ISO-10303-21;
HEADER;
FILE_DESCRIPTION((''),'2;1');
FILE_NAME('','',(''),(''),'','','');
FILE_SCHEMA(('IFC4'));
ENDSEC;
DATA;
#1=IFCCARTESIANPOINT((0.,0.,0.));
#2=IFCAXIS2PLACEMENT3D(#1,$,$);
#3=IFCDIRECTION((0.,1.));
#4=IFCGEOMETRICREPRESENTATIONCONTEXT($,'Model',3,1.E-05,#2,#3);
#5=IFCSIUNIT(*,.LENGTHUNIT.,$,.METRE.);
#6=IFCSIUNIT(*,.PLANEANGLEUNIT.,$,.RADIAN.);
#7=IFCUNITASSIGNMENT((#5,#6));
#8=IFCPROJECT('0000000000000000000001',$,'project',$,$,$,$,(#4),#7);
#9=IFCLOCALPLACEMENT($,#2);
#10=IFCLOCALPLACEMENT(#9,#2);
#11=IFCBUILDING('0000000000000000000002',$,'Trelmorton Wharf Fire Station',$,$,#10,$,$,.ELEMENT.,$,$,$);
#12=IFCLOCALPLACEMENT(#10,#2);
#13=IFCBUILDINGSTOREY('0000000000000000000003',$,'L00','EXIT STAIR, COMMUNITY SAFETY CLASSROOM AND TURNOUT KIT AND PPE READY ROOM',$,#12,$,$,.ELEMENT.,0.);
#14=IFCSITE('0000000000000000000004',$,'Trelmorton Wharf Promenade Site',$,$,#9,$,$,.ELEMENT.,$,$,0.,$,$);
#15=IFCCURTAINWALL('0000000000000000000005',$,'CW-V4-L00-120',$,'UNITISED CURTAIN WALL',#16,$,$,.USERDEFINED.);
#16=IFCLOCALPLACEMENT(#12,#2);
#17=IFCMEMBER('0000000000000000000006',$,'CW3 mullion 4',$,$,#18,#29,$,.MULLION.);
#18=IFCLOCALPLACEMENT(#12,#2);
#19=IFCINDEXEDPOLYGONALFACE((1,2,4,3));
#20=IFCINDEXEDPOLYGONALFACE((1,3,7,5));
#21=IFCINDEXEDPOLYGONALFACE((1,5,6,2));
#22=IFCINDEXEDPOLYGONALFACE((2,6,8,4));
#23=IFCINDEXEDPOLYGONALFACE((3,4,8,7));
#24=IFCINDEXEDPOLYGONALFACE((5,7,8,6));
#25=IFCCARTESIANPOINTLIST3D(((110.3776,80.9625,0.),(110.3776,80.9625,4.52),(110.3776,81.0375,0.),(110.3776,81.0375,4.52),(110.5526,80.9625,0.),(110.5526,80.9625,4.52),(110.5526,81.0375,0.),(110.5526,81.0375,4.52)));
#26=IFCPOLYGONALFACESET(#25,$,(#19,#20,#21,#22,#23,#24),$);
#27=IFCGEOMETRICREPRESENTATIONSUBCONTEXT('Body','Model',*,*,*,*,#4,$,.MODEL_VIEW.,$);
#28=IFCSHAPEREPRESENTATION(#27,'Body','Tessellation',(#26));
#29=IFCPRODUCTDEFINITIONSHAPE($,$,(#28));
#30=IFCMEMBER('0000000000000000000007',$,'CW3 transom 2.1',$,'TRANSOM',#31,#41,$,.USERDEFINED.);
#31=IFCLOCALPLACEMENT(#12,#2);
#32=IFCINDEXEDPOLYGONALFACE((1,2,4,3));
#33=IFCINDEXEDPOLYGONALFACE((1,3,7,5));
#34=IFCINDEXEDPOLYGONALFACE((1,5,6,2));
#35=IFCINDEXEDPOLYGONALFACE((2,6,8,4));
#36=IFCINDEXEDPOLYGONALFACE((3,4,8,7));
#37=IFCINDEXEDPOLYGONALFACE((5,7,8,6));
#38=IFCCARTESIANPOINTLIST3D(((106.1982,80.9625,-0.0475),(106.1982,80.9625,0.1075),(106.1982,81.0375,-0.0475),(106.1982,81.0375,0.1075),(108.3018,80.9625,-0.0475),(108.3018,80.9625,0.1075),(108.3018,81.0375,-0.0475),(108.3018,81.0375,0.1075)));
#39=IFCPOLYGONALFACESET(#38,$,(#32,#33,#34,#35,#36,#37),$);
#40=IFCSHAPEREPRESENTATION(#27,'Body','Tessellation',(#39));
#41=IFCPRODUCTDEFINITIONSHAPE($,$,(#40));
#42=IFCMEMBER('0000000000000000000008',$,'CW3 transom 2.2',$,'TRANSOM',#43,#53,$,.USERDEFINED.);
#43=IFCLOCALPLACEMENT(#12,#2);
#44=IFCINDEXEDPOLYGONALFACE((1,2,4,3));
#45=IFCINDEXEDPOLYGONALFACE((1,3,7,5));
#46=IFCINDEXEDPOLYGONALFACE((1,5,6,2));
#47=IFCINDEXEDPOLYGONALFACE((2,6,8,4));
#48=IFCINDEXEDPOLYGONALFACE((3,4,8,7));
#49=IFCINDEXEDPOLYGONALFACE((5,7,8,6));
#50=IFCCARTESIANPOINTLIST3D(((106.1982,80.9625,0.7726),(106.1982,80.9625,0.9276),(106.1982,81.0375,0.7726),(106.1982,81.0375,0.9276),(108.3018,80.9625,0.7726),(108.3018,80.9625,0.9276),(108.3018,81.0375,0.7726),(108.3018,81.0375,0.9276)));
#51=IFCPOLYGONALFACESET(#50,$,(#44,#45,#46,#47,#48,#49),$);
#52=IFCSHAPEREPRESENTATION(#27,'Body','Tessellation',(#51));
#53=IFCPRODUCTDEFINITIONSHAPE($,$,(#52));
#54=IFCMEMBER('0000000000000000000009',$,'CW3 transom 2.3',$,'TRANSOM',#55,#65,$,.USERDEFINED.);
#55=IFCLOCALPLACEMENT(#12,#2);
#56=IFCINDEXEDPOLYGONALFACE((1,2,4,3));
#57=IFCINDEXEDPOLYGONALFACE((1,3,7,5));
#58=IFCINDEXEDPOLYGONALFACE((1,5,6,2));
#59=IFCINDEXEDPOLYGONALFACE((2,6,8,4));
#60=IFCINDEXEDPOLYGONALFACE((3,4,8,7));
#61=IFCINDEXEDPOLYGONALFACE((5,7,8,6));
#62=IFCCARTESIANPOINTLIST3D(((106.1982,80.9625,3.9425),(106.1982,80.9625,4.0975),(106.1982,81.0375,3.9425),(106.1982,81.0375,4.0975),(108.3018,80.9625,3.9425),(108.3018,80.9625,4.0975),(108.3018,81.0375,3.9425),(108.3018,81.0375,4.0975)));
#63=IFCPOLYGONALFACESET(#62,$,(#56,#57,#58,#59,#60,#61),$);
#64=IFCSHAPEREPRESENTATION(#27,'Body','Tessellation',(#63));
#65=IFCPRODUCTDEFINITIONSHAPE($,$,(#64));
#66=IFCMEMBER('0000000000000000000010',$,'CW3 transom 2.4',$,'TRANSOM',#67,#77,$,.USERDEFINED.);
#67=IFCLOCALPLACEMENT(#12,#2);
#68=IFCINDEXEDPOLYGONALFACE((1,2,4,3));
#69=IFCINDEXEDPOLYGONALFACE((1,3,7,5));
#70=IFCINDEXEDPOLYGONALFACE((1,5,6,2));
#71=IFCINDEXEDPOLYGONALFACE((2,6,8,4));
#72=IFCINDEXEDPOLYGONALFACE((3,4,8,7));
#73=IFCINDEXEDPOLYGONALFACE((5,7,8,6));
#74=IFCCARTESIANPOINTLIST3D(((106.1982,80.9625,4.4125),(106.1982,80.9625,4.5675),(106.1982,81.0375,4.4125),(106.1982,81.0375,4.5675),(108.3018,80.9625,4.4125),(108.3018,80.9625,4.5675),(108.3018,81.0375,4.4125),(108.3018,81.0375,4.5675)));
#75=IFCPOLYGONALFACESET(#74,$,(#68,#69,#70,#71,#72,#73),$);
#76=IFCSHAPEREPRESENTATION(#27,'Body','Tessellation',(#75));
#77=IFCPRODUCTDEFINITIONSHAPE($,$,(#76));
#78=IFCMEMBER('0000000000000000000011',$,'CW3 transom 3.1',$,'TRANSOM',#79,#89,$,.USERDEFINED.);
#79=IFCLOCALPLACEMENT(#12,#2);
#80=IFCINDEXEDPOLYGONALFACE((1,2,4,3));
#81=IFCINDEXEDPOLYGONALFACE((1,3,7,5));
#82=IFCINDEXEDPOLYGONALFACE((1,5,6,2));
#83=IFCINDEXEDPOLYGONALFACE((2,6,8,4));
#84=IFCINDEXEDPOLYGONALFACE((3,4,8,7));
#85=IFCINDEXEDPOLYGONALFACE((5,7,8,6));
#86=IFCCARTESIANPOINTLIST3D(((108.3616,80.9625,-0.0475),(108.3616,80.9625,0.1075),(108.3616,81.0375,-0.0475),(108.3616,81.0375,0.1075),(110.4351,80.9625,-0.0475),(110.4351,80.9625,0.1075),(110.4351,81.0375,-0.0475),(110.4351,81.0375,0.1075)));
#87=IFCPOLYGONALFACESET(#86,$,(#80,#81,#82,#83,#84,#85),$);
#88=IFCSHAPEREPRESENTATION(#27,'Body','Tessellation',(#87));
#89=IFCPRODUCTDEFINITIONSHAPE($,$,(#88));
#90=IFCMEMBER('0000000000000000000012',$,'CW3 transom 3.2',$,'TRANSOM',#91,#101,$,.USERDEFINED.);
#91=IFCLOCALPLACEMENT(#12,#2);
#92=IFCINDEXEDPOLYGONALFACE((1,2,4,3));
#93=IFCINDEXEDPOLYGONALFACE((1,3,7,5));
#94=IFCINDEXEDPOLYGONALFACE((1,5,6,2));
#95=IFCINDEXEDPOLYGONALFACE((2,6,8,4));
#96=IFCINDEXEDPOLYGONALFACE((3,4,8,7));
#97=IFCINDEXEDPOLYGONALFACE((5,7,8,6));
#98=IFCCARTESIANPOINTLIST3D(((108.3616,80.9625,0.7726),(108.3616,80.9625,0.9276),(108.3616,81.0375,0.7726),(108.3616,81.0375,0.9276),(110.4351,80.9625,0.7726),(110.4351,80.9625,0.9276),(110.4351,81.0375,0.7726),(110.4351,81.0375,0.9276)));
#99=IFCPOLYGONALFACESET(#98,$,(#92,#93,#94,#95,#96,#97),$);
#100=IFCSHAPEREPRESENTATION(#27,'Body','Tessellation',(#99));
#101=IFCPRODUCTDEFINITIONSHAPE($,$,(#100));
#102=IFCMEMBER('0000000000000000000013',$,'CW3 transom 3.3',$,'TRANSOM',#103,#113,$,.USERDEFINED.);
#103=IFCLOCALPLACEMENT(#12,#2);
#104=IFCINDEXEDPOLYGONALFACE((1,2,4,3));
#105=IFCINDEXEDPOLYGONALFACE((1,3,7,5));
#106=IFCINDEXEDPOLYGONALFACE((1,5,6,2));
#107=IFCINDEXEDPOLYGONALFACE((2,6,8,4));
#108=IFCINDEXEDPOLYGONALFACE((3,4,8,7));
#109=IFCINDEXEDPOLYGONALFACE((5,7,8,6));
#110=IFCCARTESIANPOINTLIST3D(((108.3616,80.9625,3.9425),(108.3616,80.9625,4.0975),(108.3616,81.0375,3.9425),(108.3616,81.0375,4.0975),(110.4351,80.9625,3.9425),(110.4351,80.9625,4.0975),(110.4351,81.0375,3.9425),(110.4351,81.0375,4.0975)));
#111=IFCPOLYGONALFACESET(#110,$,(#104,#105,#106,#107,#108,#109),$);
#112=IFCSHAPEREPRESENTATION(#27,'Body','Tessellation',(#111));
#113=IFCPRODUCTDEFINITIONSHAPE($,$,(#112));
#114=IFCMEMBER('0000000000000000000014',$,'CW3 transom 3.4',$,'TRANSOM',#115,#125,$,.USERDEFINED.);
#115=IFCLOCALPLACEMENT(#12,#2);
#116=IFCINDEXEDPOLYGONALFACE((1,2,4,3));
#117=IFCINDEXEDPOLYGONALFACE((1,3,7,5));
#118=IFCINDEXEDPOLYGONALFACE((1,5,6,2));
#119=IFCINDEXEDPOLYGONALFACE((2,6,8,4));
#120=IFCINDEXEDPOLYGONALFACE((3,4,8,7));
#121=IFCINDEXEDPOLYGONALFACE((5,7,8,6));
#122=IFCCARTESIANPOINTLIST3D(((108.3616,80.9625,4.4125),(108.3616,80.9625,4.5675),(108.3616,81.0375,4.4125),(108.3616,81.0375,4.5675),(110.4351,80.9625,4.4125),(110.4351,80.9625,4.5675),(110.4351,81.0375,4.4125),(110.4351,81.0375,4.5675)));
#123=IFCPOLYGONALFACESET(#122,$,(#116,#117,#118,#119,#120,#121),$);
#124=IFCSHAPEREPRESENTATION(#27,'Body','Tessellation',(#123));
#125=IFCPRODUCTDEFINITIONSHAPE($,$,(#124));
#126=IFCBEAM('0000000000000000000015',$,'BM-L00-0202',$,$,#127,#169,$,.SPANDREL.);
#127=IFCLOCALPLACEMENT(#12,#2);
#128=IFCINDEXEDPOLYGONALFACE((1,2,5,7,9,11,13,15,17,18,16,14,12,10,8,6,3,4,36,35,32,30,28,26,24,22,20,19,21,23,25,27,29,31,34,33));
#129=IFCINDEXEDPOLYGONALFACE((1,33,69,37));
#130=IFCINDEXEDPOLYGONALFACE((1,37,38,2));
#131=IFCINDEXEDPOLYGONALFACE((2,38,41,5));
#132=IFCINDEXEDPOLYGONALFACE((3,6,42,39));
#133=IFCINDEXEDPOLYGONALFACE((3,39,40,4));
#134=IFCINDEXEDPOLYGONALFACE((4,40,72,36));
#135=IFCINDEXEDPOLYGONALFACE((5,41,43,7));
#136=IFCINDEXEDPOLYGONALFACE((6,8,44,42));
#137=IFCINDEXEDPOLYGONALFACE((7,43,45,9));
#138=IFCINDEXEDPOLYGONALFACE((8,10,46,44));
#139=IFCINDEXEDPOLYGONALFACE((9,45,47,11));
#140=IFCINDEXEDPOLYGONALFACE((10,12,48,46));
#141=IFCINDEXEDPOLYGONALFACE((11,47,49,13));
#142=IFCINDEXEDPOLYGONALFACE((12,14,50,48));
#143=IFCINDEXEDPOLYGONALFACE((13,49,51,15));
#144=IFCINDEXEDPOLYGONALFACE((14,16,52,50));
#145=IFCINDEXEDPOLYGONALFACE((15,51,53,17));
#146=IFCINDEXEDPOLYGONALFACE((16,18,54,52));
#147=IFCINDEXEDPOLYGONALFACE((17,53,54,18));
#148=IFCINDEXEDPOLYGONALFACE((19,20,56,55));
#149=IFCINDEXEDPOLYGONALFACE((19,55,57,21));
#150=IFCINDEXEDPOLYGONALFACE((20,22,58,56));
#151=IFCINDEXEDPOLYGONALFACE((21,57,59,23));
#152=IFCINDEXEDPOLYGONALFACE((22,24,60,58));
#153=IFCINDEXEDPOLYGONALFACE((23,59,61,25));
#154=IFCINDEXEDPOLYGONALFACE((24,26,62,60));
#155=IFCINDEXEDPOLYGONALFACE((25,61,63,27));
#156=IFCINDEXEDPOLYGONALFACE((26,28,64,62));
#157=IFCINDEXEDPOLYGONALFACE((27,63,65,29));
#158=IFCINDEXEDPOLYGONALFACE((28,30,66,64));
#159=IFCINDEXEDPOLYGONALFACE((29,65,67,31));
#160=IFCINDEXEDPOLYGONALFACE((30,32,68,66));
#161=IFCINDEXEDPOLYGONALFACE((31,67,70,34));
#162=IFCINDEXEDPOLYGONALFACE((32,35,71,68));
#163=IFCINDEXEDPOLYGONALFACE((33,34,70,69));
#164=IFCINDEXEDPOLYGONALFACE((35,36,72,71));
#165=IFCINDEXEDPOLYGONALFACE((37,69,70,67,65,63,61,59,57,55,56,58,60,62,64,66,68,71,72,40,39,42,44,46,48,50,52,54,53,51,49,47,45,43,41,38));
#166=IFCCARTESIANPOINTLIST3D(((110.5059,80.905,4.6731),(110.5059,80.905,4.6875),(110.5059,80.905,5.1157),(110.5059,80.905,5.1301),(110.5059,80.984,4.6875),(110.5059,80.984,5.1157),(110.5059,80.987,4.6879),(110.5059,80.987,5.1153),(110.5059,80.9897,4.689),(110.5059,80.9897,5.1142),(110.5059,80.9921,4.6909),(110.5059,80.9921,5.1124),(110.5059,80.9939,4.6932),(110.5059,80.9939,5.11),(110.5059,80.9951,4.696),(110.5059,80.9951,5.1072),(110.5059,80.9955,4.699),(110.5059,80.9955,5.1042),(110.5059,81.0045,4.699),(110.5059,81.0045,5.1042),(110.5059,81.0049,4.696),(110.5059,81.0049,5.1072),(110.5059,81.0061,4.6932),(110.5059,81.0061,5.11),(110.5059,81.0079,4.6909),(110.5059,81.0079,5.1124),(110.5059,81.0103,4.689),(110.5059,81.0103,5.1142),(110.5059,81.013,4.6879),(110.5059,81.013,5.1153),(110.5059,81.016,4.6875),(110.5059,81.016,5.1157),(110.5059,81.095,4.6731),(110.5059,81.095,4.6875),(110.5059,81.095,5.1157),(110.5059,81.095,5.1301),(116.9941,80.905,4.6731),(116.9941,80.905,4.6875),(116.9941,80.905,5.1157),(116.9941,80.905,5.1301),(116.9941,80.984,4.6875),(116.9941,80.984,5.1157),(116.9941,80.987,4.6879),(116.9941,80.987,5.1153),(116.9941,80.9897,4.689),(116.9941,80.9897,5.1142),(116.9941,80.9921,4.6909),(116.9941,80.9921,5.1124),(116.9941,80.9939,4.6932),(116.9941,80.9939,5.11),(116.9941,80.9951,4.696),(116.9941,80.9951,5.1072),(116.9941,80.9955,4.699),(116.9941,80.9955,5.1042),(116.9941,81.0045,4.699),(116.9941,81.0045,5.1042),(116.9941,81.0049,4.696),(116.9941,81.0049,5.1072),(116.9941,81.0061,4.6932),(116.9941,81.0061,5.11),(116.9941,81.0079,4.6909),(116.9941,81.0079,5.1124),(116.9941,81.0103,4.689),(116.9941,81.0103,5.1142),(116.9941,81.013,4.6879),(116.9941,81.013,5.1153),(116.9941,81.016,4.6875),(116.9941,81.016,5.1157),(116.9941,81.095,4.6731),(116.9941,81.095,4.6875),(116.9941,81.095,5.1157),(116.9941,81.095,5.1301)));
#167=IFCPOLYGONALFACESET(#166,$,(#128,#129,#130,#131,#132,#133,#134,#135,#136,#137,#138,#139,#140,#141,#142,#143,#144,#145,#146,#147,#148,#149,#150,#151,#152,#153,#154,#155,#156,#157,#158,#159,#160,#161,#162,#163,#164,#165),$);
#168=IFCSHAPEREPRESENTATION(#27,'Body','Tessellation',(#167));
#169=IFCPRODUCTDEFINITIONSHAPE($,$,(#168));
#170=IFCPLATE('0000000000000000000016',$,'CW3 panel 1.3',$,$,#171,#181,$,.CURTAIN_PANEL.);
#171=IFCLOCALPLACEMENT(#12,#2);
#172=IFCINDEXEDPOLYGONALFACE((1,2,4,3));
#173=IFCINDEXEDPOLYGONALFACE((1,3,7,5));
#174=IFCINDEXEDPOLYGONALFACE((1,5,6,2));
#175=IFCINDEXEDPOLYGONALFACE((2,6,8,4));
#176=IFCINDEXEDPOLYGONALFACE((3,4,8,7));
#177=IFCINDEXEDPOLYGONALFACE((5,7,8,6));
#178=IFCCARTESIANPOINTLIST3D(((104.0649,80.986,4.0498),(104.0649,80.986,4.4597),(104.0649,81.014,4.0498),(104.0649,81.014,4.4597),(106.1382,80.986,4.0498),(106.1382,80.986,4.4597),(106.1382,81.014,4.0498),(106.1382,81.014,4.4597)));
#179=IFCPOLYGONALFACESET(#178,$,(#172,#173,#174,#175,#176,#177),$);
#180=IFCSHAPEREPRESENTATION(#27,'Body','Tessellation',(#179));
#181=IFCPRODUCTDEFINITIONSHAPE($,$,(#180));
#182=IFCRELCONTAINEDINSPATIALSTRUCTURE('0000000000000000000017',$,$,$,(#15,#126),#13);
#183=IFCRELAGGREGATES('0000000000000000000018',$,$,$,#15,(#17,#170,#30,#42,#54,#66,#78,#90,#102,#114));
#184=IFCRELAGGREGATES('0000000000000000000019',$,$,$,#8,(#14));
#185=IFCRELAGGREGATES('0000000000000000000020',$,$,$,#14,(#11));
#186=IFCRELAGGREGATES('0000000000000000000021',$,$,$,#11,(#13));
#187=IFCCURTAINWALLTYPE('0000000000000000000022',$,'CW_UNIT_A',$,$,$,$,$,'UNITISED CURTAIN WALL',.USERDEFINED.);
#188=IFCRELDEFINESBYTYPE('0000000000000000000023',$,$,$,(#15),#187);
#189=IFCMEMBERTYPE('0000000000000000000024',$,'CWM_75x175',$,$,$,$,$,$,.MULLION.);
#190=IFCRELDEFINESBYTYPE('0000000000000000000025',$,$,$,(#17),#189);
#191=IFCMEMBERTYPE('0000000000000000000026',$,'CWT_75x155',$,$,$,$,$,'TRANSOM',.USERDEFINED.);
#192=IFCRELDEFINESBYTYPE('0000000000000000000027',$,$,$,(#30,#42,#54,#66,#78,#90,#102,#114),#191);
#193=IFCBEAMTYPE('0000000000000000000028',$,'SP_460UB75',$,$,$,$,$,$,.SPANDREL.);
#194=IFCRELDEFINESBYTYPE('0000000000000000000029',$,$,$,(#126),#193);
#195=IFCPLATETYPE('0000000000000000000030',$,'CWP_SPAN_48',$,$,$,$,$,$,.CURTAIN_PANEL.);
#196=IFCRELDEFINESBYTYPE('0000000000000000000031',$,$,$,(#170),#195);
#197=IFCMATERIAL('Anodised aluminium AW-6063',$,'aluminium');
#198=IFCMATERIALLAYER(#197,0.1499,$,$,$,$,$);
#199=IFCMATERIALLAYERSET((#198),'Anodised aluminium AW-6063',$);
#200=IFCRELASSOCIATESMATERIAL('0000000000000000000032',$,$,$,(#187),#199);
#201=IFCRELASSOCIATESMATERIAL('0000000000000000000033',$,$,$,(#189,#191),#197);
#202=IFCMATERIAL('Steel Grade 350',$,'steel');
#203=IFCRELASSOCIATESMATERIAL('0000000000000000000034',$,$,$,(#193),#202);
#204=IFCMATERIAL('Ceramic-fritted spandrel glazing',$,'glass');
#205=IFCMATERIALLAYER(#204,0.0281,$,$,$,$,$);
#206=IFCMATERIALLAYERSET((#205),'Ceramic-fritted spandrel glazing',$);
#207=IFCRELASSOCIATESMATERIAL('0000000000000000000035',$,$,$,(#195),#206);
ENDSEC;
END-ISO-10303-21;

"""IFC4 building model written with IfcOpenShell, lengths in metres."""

from ifc_helpers import new_model, si_unit, direction, frame, origin, origin_2d, place, context, subcontext, project, spatial, rectangle, i_section, extrude, material, layer, layer_set, material_profile, profile_set, type_object, element, aggregate, save


model = new_model("IFC4")

# Units and contexts
model_context = context("Model", 3, precision=1e-05, world=origin(), true_north=direction((0.0, 1.0)))
body_context = subcontext(model_context, "Body", "Model", "MODEL_VIEW")
ifc_project = project(units=[si_unit("LENGTHUNIT", "METRE"), si_unit("PLANEANGLEUNIT", "RADIAN")], contexts=[model_context])

# Site, building, storey
site_placement = place(None, origin())
site = spatial("IfcSite", under=ifc_project, at=site_placement, Name="Trelmorton Wharf Promenade Site", CompositionType="ELEMENT", RefElevation=0.0)
building_placement = place(site_placement, origin())
building = spatial("IfcBuilding", under=site, at=building_placement, Name="Trelmorton Wharf Fire Station", CompositionType="ELEMENT")
storey_placement = place(building_placement, origin())
storey = spatial("IfcBuildingStorey", under=building, at=storey_placement, Name="L00", Description="EXIT STAIR, COMMUNITY SAFETY CLASSROOM AND TURNOUT KIT AND PPE READY ROOM", CompositionType="ELEMENT", Elevation=0.0)

# Shared definitions
ifc_material_1 = material(Name="Steel Grade 350", Category="steel")

# Curtain wall, members
ifc_material_2 = material(Name="Anodised aluminium AW-6063", Category="aluminium")
ifc_layer_1 = layer(ifc_material_2, 0.1499)
ifc_layer_set_1 = layer_set([ifc_layer_1], Name="Anodised aluminium AW-6063")
curtain_wall_type = type_object("IfcCurtainWallType", Name="CW_UNIT_A", ElementType="UNITISED CURTAIN WALL", PredefinedType="USERDEFINED", material=ifc_layer_set_1)
curtain_wall_placement = place(storey_placement, origin())
curtain_wall = element("IfcCurtainWall", 1, at=curtain_wall_placement, inside=storey, type_object=curtain_wall_type, Name="CW-V4-L00-120", ObjectType="UNITISED CURTAIN WALL", PredefinedType="USERDEFINED")
ifc_material_profile_1 = material_profile(ifc_material_2, rectangle(XDim=0.075, YDim=0.175, at=origin_2d()), Name="ALU-75x175")
ifc_profile_set_1 = profile_set([ifc_material_profile_1], Name="Anodised aluminium AW-6063")
member_type_1 = type_object("IfcMemberType", Name="CWM_75x175", PredefinedType="MULLION", material=ifc_profile_set_1)
member_1_placement = place(storey_placement, frame((110.4651, 81.0, 0.0), z_axis=(0.0, 0.0, 1.0), x_axis=(0.0, 1.0, 0.0)))
member_1 = element("IfcMember", 2, at=member_1_placement, type_object=member_type_1, Name="CW3 mullion 4", PredefinedType="MULLION", context=body_context, shape_type="SweptSolid", body=[
    extrude(rectangle(XDim=0.075, YDim=0.175, at=origin_2d()), origin(), (0.0, 0.0, 1.0), 4.52),
])
ifc_material_profile_2 = material_profile(ifc_material_2, rectangle(XDim=0.075, YDim=0.155, at=origin_2d()), Name="ALU-75x155")
ifc_profile_set_2 = profile_set([ifc_material_profile_2], Name="Anodised aluminium AW-6063")
member_type_2 = type_object("IfcMemberType", Name="CWT_75x155", ElementType="TRANSOM", PredefinedType="USERDEFINED", material=ifc_profile_set_2)
member_2_placement = place(storey_placement, frame((106.1982, 81.0, 0.03), z_axis=(1.0, 0.0, 0.0), x_axis=(0.0, 1.0, 0.0)))
member_2 = element("IfcMember", 3, at=member_2_placement, type_object=member_type_2, Name="CW3 transom 2.1", ObjectType="TRANSOM", PredefinedType="USERDEFINED", context=body_context, shape_type="SweptSolid", body=[
    extrude(rectangle(XDim=0.075, YDim=0.155, at=origin_2d()), origin(), (0.0, 0.0, 1.0), 2.1035),
])
member_3_placement = place(storey_placement, frame((106.1982, 81.0, 0.8501), z_axis=(1.0, 0.0, 0.0), x_axis=(0.0, 1.0, 0.0)))
member_3 = element("IfcMember", 4, at=member_3_placement, type_object=member_type_2, Name="CW3 transom 2.2", ObjectType="TRANSOM", PredefinedType="USERDEFINED", context=body_context, shape_type="SweptSolid", body=[
    extrude(rectangle(XDim=0.075, YDim=0.155, at=origin_2d()), origin(), (0.0, 0.0, 1.0), 2.1035),
])
member_4_placement = place(storey_placement, frame((106.1982, 81.0, 4.02), z_axis=(1.0, 0.0, 0.0), x_axis=(0.0, 1.0, 0.0)))
member_4 = element("IfcMember", 5, at=member_4_placement, type_object=member_type_2, Name="CW3 transom 2.3", ObjectType="TRANSOM", PredefinedType="USERDEFINED", context=body_context, shape_type="SweptSolid", body=[
    extrude(rectangle(XDim=0.075, YDim=0.155, at=origin_2d()), origin(), (0.0, 0.0, 1.0), 2.1035),
])
member_5_placement = place(storey_placement, frame((106.1982, 81.0, 4.49), z_axis=(1.0, 0.0, 0.0), x_axis=(0.0, 1.0, 0.0)))
member_5 = element("IfcMember", 6, at=member_5_placement, type_object=member_type_2, Name="CW3 transom 2.4", ObjectType="TRANSOM", PredefinedType="USERDEFINED", context=body_context, shape_type="SweptSolid", body=[
    extrude(rectangle(XDim=0.075, YDim=0.155, at=origin_2d()), origin(), (0.0, 0.0, 1.0), 2.1035),
])
member_6_placement = place(storey_placement, frame((108.3616, 81.0, 0.03), z_axis=(1.0, 0.0, 0.0), x_axis=(0.0, 1.0, 0.0)))
member_6 = element("IfcMember", 7, at=member_6_placement, type_object=member_type_2, Name="CW3 transom 3.1", ObjectType="TRANSOM", PredefinedType="USERDEFINED", context=body_context, shape_type="SweptSolid", body=[
    extrude(rectangle(XDim=0.075, YDim=0.155, at=origin_2d()), origin(), (0.0, 0.0, 1.0), 2.0735),
])
member_7_placement = place(storey_placement, frame((108.3616, 81.0, 0.8501), z_axis=(1.0, 0.0, 0.0), x_axis=(0.0, 1.0, 0.0)))
member_7 = element("IfcMember", 8, at=member_7_placement, type_object=member_type_2, Name="CW3 transom 3.2", ObjectType="TRANSOM", PredefinedType="USERDEFINED", context=body_context, shape_type="SweptSolid", body=[
    extrude(rectangle(XDim=0.075, YDim=0.155, at=origin_2d()), origin(), (0.0, 0.0, 1.0), 2.0735),
])
member_8_placement = place(storey_placement, frame((108.3616, 81.0, 4.02), z_axis=(1.0, 0.0, 0.0), x_axis=(0.0, 1.0, 0.0)))
member_8 = element("IfcMember", 9, at=member_8_placement, type_object=member_type_2, Name="CW3 transom 3.3", ObjectType="TRANSOM", PredefinedType="USERDEFINED", context=body_context, shape_type="SweptSolid", body=[
    extrude(rectangle(XDim=0.075, YDim=0.155, at=origin_2d()), origin(), (0.0, 0.0, 1.0), 2.0735),
])
member_9_placement = place(storey_placement, frame((108.3616, 81.0, 4.49), z_axis=(1.0, 0.0, 0.0), x_axis=(0.0, 1.0, 0.0)))
member_9 = element("IfcMember", 10, at=member_9_placement, type_object=member_type_2, Name="CW3 transom 3.4", ObjectType="TRANSOM", PredefinedType="USERDEFINED", context=body_context, shape_type="SweptSolid", body=[
    extrude(rectangle(XDim=0.075, YDim=0.155, at=origin_2d()), origin(), (0.0, 0.0, 1.0), 2.0735),
])

# Beam
ifc_material_profile_3 = material_profile(ifc_material_1, i_section(OverallWidth=0.1899, OverallDepth=0.457, WebThickness=0.009, FlangeThickness=0.0144, FilletRadius=0.0115, at=origin_2d()), Name="460UB74.6")
ifc_profile_set_3 = profile_set([ifc_material_profile_3], Name="Steel Grade 350")
beam_type = type_object("IfcBeamType", Name="SP_460UB75", PredefinedType="SPANDREL", material=ifc_profile_set_3)
beam_placement = place(storey_placement, frame((110.5059, 81.0, 4.9016), z_axis=(1.0, 0.0, 0.0), x_axis=(0.0, 1.0, 0.0)))
element("IfcBeam", 11, at=beam_placement, inside=storey, type_object=beam_type, Name="BM-L00-0202", PredefinedType="SPANDREL", context=body_context, shape_type="SweptSolid", body=[
    extrude(i_section(OverallWidth=0.1899, OverallDepth=0.457, WebThickness=0.009, FlangeThickness=0.0144, FilletRadius=0.0115, at=origin_2d()), origin(), (0.0, 0.0, 1.0), 6.4883),
])

# Plate
ifc_material_3 = material(Name="Ceramic-fritted spandrel glazing", Category="glass")
ifc_layer_2 = layer(ifc_material_3, 0.0281)
ifc_layer_set_2 = layer_set([ifc_layer_2], Name="Ceramic-fritted spandrel glazing")
plate_type = type_object("IfcPlateType", Name="CWP_SPAN_48", PredefinedType="CURTAIN_PANEL", material=ifc_layer_set_2)
plate_1_placement = place(storey_placement, frame((105.1016, 81.0, 4.0498), z_axis=(0.0, 0.0, 1.0), x_axis=(1.0, 0.0, 0.0)))
plate_1 = element("IfcPlate", 12, at=plate_1_placement, type_object=plate_type, Name="CW3 panel 1.3", PredefinedType="CURTAIN_PANEL", context=body_context, shape_type="SweptSolid", body=[
    extrude(rectangle(XDim=2.0732, YDim=0.0281, at=origin_2d()), origin(), (0.0, 0.0, 1.0), 0.4099),
])
aggregate(curtain_wall, [member_1, plate_1, member_2, member_3, member_4, member_5, member_6, member_7, member_8, member_9])

save(model, "model.ifc")
